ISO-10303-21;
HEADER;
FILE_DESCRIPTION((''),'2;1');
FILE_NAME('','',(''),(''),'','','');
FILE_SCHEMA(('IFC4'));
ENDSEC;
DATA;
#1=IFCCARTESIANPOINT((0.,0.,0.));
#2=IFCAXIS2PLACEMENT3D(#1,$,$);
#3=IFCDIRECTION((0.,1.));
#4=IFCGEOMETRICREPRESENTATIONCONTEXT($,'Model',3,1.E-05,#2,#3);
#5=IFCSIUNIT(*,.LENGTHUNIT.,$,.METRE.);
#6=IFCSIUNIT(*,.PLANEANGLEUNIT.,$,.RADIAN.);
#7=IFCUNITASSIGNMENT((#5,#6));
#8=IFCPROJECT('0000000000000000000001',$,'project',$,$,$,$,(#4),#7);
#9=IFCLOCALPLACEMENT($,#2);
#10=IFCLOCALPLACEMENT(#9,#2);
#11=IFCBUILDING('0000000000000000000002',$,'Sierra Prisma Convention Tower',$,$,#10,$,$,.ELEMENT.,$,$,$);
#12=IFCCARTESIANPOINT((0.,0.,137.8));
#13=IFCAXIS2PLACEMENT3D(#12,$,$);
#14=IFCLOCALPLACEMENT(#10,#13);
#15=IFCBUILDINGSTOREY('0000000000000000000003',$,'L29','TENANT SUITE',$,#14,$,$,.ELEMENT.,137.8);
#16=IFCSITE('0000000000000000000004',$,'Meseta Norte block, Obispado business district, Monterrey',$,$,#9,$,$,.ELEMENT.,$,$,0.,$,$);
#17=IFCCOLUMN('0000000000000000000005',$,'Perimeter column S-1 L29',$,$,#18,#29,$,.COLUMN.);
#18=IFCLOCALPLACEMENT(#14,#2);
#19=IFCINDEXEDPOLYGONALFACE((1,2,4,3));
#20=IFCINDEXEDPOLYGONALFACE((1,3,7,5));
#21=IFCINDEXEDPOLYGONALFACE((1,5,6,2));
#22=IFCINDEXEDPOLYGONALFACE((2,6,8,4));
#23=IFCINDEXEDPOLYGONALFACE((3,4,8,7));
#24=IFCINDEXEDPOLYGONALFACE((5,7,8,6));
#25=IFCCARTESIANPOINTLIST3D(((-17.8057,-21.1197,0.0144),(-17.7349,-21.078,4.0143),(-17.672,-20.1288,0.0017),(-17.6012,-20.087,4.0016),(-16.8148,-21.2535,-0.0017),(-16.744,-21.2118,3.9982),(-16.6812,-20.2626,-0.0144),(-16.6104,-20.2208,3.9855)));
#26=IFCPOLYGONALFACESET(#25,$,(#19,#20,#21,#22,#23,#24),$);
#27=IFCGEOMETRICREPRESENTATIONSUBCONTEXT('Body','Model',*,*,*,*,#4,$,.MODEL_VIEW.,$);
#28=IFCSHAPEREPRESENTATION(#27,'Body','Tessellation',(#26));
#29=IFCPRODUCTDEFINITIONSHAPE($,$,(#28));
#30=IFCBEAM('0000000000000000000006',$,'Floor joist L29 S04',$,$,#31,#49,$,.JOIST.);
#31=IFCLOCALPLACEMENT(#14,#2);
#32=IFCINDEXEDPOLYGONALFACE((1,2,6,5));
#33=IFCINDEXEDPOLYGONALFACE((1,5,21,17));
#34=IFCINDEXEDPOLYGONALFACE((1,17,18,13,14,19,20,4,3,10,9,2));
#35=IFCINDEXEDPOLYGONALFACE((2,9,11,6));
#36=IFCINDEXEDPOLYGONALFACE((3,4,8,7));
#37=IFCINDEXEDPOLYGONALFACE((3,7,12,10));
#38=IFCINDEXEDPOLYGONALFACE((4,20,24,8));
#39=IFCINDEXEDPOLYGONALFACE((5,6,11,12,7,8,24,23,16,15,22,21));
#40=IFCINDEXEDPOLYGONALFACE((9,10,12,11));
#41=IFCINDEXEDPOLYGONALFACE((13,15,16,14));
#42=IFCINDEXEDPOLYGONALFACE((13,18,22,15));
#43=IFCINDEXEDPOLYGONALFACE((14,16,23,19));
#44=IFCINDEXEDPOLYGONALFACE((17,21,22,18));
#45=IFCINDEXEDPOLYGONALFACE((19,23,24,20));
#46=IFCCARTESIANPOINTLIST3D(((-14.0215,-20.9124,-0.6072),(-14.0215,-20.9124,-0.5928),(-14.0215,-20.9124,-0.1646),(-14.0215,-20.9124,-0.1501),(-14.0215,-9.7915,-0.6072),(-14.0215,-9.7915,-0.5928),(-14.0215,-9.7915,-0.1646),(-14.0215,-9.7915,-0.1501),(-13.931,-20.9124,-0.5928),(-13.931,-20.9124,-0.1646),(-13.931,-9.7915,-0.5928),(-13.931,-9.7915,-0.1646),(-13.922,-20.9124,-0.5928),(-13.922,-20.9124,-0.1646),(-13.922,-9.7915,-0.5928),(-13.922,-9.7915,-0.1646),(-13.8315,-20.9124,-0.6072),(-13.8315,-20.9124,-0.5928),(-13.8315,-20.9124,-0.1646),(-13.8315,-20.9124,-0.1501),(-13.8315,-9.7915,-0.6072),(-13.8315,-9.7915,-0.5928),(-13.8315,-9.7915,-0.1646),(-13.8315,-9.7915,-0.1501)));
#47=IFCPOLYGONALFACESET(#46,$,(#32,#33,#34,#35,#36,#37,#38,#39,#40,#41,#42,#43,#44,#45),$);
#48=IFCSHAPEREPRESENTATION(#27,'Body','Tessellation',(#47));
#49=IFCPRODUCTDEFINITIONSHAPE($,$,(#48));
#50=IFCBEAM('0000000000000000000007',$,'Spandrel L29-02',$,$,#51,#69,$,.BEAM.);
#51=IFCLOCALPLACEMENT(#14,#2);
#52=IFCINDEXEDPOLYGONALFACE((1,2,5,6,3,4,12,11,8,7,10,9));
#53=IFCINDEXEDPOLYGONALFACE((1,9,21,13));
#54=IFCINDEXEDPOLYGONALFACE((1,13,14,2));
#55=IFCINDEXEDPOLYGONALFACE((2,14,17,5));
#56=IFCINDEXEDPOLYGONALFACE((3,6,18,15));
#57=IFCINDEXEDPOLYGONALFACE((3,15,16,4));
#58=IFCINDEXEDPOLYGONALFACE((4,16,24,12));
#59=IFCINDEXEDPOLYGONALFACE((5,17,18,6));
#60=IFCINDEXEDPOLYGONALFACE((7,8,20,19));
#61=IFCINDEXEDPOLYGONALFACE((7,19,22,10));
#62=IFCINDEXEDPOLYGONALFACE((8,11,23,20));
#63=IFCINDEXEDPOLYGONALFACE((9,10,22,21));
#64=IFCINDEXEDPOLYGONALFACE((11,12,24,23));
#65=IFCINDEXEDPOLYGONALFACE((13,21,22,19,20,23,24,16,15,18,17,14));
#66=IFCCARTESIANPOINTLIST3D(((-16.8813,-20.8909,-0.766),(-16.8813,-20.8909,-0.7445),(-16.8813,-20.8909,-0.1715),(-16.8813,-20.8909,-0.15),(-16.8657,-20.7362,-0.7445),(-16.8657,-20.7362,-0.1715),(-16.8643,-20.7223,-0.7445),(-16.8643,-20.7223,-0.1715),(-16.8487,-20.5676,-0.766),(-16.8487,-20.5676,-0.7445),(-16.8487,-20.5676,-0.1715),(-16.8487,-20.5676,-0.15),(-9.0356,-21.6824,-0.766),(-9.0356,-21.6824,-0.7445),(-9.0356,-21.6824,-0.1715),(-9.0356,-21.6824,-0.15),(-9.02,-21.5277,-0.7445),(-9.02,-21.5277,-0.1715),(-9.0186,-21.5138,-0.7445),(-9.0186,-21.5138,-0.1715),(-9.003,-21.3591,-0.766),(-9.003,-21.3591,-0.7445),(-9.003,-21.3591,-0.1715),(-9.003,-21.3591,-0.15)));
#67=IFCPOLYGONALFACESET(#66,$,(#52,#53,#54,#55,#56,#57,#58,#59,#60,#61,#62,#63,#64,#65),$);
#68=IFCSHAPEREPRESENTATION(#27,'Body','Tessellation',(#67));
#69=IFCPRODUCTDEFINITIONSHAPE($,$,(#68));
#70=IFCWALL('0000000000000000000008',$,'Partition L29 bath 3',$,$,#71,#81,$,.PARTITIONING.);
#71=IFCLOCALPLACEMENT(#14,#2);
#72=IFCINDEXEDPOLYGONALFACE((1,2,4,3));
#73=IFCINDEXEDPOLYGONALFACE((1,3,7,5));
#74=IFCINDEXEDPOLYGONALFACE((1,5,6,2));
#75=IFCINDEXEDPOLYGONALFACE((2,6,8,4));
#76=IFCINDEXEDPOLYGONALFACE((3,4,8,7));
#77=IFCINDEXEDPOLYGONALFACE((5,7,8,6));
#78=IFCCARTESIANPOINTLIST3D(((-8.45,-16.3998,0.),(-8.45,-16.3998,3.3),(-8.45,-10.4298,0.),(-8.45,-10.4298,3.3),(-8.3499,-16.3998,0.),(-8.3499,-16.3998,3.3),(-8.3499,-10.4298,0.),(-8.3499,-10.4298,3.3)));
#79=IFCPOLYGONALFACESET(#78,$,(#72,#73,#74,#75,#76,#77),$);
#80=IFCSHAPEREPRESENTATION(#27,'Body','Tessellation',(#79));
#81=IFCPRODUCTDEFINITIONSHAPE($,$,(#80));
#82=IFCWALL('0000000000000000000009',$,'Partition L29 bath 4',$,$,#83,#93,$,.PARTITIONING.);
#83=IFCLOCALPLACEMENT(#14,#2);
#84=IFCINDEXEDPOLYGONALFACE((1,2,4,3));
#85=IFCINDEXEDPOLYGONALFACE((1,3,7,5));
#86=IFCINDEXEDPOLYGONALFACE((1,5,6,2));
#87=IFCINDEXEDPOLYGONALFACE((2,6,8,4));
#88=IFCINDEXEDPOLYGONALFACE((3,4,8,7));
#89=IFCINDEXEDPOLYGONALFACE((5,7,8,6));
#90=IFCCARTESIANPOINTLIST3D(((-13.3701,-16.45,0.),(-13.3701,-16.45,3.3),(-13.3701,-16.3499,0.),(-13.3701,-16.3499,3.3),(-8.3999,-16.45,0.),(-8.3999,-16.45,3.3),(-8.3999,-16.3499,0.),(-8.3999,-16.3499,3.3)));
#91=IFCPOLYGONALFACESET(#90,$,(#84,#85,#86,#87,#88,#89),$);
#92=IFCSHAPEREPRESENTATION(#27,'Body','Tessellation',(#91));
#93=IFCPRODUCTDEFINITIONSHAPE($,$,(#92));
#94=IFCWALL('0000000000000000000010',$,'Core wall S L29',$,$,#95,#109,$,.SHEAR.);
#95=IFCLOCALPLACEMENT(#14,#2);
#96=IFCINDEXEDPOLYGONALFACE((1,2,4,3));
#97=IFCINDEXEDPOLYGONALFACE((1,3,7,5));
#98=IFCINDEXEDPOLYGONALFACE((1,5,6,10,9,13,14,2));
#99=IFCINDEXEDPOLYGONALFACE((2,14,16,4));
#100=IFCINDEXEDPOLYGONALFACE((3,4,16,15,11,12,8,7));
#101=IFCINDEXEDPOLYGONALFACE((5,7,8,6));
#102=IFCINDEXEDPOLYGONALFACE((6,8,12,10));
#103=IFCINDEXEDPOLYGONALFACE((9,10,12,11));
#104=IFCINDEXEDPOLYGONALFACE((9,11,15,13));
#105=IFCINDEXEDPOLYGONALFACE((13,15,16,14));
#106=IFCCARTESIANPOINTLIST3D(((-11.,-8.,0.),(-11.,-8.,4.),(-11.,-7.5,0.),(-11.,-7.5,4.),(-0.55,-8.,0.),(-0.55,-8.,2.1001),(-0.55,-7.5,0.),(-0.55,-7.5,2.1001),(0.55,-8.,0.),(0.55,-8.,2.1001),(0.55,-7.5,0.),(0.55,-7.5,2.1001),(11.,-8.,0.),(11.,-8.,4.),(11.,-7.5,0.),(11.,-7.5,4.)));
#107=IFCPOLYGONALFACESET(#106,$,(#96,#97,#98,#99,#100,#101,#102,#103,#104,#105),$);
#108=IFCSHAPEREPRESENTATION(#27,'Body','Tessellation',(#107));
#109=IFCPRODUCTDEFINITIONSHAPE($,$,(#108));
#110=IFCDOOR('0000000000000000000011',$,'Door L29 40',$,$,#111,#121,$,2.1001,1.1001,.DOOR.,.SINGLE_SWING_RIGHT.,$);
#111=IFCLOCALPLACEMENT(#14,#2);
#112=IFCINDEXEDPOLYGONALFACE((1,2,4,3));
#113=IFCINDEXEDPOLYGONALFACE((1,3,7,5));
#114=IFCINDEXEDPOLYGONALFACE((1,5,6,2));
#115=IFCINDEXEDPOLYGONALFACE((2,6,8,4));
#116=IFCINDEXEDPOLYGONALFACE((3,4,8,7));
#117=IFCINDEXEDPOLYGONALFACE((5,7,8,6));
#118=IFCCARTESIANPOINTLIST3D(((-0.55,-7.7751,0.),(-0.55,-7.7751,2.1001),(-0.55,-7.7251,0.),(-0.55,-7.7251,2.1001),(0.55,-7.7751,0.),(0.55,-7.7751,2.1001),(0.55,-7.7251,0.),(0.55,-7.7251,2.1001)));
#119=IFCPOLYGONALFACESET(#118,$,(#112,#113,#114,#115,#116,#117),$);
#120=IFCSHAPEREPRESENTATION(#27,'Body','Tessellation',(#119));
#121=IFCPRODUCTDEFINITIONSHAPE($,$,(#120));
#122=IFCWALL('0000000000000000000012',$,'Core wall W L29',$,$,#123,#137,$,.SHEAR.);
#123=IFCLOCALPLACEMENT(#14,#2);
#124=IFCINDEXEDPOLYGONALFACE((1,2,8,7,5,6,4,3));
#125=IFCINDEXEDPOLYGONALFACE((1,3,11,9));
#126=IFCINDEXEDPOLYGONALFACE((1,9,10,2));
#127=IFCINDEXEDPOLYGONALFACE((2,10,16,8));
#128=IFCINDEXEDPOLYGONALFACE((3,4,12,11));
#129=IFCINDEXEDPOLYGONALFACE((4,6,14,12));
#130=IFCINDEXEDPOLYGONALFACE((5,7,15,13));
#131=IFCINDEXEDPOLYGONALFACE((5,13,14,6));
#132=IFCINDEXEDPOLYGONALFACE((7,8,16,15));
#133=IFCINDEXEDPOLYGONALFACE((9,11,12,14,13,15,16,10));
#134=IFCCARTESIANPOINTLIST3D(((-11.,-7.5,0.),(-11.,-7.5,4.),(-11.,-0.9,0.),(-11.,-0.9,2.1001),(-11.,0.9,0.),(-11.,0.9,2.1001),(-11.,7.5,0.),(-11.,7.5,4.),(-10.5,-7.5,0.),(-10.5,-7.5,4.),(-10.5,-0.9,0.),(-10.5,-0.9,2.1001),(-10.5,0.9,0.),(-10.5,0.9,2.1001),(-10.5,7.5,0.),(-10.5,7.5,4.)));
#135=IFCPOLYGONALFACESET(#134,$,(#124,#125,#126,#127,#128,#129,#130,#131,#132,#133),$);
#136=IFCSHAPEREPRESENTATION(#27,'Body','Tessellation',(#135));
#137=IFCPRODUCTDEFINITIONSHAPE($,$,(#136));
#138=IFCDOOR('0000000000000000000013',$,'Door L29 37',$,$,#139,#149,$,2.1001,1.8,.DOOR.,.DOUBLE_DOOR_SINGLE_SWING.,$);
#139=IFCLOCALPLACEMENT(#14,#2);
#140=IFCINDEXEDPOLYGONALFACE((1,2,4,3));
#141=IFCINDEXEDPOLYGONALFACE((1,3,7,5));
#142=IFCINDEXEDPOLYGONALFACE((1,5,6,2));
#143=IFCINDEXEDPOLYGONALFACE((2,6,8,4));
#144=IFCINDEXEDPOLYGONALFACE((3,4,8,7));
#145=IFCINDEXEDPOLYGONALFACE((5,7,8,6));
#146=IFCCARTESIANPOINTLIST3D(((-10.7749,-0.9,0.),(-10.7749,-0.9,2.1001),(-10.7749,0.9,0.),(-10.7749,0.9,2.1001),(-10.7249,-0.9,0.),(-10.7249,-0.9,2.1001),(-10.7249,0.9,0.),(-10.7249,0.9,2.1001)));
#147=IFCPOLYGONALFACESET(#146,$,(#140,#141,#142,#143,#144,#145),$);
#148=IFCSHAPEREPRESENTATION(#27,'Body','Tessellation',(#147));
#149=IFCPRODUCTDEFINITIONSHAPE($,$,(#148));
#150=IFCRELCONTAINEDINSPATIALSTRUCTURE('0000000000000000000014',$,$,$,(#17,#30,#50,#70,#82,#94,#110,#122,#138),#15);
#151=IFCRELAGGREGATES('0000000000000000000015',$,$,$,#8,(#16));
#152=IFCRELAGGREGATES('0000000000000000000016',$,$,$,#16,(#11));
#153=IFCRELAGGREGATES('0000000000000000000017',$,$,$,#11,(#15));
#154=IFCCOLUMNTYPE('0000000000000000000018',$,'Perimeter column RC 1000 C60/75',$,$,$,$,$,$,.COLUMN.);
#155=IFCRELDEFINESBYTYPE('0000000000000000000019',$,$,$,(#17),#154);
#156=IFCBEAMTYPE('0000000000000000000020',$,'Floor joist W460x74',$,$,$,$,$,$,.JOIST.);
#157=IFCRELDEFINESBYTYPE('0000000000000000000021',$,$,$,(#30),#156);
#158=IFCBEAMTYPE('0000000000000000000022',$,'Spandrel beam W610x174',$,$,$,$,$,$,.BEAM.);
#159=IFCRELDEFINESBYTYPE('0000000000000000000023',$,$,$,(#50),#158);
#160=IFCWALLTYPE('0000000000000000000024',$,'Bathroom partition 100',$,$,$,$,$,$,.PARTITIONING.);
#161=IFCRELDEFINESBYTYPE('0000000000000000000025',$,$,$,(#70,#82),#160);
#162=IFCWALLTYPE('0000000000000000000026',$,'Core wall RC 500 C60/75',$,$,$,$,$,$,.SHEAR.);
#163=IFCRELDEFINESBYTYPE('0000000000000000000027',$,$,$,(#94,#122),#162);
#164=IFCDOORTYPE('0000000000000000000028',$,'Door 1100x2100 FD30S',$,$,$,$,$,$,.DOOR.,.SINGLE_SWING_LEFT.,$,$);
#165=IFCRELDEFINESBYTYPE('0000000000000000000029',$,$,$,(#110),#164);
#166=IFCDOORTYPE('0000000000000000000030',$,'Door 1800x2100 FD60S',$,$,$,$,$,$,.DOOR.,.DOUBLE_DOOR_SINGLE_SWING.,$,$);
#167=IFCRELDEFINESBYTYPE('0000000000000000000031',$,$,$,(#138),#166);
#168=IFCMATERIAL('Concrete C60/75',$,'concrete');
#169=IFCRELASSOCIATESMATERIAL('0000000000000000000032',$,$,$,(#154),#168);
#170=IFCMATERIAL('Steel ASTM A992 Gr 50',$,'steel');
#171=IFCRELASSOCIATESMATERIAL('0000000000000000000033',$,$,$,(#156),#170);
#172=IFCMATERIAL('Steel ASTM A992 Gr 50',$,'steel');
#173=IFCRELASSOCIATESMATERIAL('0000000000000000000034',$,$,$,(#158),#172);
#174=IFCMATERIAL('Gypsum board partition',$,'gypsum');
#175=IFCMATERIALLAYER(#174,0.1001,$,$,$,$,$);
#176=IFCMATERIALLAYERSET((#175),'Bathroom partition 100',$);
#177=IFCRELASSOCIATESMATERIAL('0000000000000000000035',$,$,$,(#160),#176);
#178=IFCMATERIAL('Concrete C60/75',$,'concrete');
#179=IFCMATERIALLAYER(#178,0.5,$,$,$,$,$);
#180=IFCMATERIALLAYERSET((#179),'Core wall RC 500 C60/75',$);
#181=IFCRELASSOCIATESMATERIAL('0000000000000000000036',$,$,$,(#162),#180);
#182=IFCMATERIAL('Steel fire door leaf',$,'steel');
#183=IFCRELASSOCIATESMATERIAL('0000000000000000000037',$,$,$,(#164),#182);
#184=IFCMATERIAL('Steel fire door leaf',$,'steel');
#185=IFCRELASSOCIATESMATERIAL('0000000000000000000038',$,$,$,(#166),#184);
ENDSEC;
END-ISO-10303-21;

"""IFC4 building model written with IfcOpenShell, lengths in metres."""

from ifc_helpers import new_model, si_unit, direction, frame, frame_2d, origin, origin_2d, place, context, subcontext, project, spatial, rectangle, i_section, extrude, material, layer, layer_set, material_profile, profile_set, type_object, element, fill, save


model = new_model("IFC4")

# Units and contexts
model_context = context("Model", 3, precision=1e-05, world=origin(), true_north=direction((0.0, 1.0)))
body_context = subcontext(model_context, "Body", "Model", "MODEL_VIEW")
ifc_project = project(units=[si_unit("LENGTHUNIT", "METRE"), si_unit("PLANEANGLEUNIT", "RADIAN")], contexts=[model_context])

# Site, building, storey
site_placement = place(None, origin())
site = spatial("IfcSite", under=ifc_project, at=site_placement, Name="Meseta Norte block, Obispado business district, Monterrey", CompositionType="ELEMENT", RefElevation=0.0)
building_placement = place(site_placement, origin())
building = spatial("IfcBuilding", under=site, at=building_placement, Name="Sierra Prisma Convention Tower", CompositionType="ELEMENT")
storey_placement = place(building_placement, frame((0.0, 0.0, 137.8)))
storey = spatial("IfcBuildingStorey", under=building, at=storey_placement, Name="L29", Description="TENANT SUITE", CompositionType="ELEMENT", Elevation=137.8)

# Column
ifc_material_1 = material(Name="Concrete C60/75", Category="concrete")
ifc_material_profile_1 = material_profile(ifc_material_1, rectangle(XDim=1.0, YDim=1.0, at=origin_2d()), Name="Perimeter column RC 1000 C60/75")
ifc_profile_set_1 = profile_set([ifc_material_profile_1], Name="Concrete C60/75")
column_type = type_object("IfcColumnType", Name="Perimeter column RC 1000 C60/75", PredefinedType="COLUMN", material=ifc_profile_set_1)
column_placement = place(storey_placement, frame((-17.2434, -20.6912, 0.0), z_axis=(0.017696, 0.010435, 0.999789), x_axis=(-0.990875, 0.133813, 0.016142)))
element("IfcColumn", 1, at=column_placement, inside=storey, type_object=column_type, Name="Perimeter column S-1 L29", PredefinedType="COLUMN", context=body_context, shape_type="SweptSolid", body=[
    extrude(rectangle(XDim=1.0, YDim=1.0, at=origin_2d()), origin(), (0.0, 0.0, 1.0), 4.0007),
])

# Beams
ifc_material_2 = material(Name="Steel ASTM A992 Gr 50", Category="steel")
ifc_material_profile_2 = material_profile(ifc_material_2, i_section(OverallWidth=0.1899, OverallDepth=0.457, WebThickness=0.009, FlangeThickness=0.0144, at=origin_2d()), Name="W460x74")
ifc_profile_set_2 = profile_set([ifc_material_profile_2], Name="Steel ASTM A992 Gr 50")
beam_type_1 = type_object("IfcBeamType", Name="Floor joist W460x74", PredefinedType="JOIST", material=ifc_profile_set_2)
beam_1_placement = place(storey_placement, frame((-13.9265, -20.9124, -0.3787), z_axis=(0.0, 1.0, 0.0), x_axis=(-1.0, 0.0, 0.0)))
element("IfcBeam", 2, at=beam_1_placement, inside=storey, type_object=beam_type_1, Name="Floor joist L29 S04", PredefinedType="JOIST", context=body_context, shape_type="SweptSolid", body=[
    extrude(i_section(OverallWidth=0.1899, OverallDepth=0.457, WebThickness=0.009, FlangeThickness=0.0144, at=origin_2d()), origin(), (0.0, 0.0, 1.0), 11.1208),
])
ifc_material_3 = material(Name="Steel ASTM A992 Gr 50", Category="steel")
ifc_material_profile_3 = material_profile(ifc_material_3, i_section(OverallWidth=0.325, OverallDepth=0.616, WebThickness=0.0139, FlangeThickness=0.0215, at=origin_2d()), Name="W610x174")
ifc_profile_set_3 = profile_set([ifc_material_profile_3], Name="Steel ASTM A992 Gr 50")
beam_type_2 = type_object("IfcBeamType", Name="Spandrel beam W610x174", PredefinedType="BEAM", material=ifc_profile_set_3)
beam_2_placement = place(storey_placement, frame((-16.865, -20.7292, -0.458), z_axis=(0.99495, -0.100374, 0.0), x_axis=(0.100374, 0.99495, 0.0)))
element("IfcBeam", 3, at=beam_2_placement, inside=storey, type_object=beam_type_2, Name="Spandrel L29-02", PredefinedType="BEAM", context=body_context, shape_type="SweptSolid", body=[
    extrude(i_section(OverallWidth=0.325, OverallDepth=0.616, WebThickness=0.0139, FlangeThickness=0.0215, at=origin_2d()), origin(), (0.0, 0.0, 1.0), 7.8855),
])

# Walls
ifc_material_4 = material(Name="Gypsum board partition", Category="gypsum")
ifc_layer_1 = layer(ifc_material_4, 0.1001)
ifc_layer_set_1 = layer_set([ifc_layer_1], Name="Bathroom partition 100")
wall_type_1 = type_object("IfcWallType", Name="Bathroom partition 100", PredefinedType="PARTITIONING", material=ifc_layer_set_1)
wall_1_placement = place(storey_placement, frame((-8.3999, -10.4299, 0.0), z_axis=(0.0, 0.0, 1.0), x_axis=(0.0, -1.0, 0.0)))
element("IfcWall", 4, at=wall_1_placement, inside=storey, type_object=wall_type_1, Name="Partition L29 bath 3", PredefinedType="PARTITIONING", context=body_context, shape_type="SweptSolid", body=[
    extrude(rectangle(XDim=5.97, YDim=0.1001, at=frame_2d((2.9849, 0.0))), origin(), (0.0, 0.0, 1.0), 3.3),
])
wall_2_placement = place(storey_placement, frame((-8.3999, -16.3999, 0.0), z_axis=(0.0, 0.0, 1.0), x_axis=(-1.0, 0.0, 0.0)))
element("IfcWall", 5, at=wall_2_placement, inside=storey, type_object=wall_type_1, Name="Partition L29 bath 4", PredefinedType="PARTITIONING", context=body_context, shape_type="SweptSolid", body=[
    extrude(rectangle(XDim=4.9702, YDim=0.1001, at=frame_2d((2.4851, 0.0))), origin(), (0.0, 0.0, 1.0), 3.3),
])

# Walls, openings, doors
ifc_material_5 = material(Name="Concrete C60/75", Category="concrete")
ifc_layer_2 = layer(ifc_material_5, 0.5)
ifc_layer_set_2 = layer_set([ifc_layer_2], Name="Core wall RC 500 C60/75")
wall_type_2 = type_object("IfcWallType", Name="Core wall RC 500 C60/75", PredefinedType="SHEAR", material=ifc_layer_set_2)
wall_3_placement = place(storey_placement, frame((-11.0, -7.75, 0.0), z_axis=(0.0, 0.0, 1.0), x_axis=(1.0, 0.0, 0.0)))
wall_3 = element("IfcWall", 6, at=wall_3_placement, inside=storey, type_object=wall_type_2, Name="Core wall S L29", PredefinedType="SHEAR", context=body_context, shape_type="SweptSolid", body=[
    extrude(rectangle(XDim=22.0, YDim=0.5, at=frame_2d((11.0, 0.0))), origin(), (0.0, 0.0, 1.0), 4.0),
])
opening_1_placement = place(wall_3_placement, frame((10.45, 0.0, 0.0)))
opening_1 = element("IfcOpeningElement", 7, at=opening_1_placement, cuts=wall_3, PredefinedType="OPENING", context=body_context, shape_type="SweptSolid", body=[
    extrude(rectangle(XDim=1.1001, YDim=2.1001, at=frame_2d((0.55, 1.05))), frame((0.0, 0.25, 0.0), z_axis=(0.0, -1.0, 0.0), x_axis=(1.0, 0.0, 0.0)), (0.0, 0.0, 1.0), 0.5),
])
ifc_material_6 = material(Name="Steel fire door leaf", Category="steel")
door_type_1 = type_object("IfcDoorType", Name="Door 1100x2100 FD30S", OperationType="SINGLE_SWING_LEFT", PredefinedType="DOOR", material=ifc_material_6)
door_1_placement = place(opening_1_placement, origin())
door_1 = element("IfcDoor", 8, at=door_1_placement, inside=storey, type_object=door_type_1, Name="Door L29 40", OperationType="SINGLE_SWING_RIGHT", OverallHeight=2.1001, OverallWidth=1.1001, PredefinedType="DOOR", context=body_context, shape_type="SweptSolid", body=[
    extrude(rectangle(XDim=1.1001, YDim=2.1001, at=frame_2d((0.55, 1.05))), frame((0.0, 0.0249, 0.0), z_axis=(0.0, -1.0, 0.0), x_axis=(1.0, 0.0, 0.0)), (0.0, 0.0, 1.0), 0.05),
])
fill(opening_1, door_1)
wall_4_placement = place(storey_placement, frame((-10.75, -7.5, 0.0), z_axis=(0.0, 0.0, 1.0), x_axis=(0.0, 1.0, 0.0)))
wall_4 = element("IfcWall", 9, at=wall_4_placement, inside=storey, type_object=wall_type_2, Name="Core wall W L29", PredefinedType="SHEAR", context=body_context, shape_type="SweptSolid", body=[
    extrude(rectangle(XDim=15.0, YDim=0.5, at=frame_2d((7.5, 0.0))), origin(), (0.0, 0.0, 1.0), 4.0),
])
opening_2_placement = place(wall_4_placement, frame((6.6001, 0.0, 0.0)))
opening_2 = element("IfcOpeningElement", 10, at=opening_2_placement, cuts=wall_4, PredefinedType="OPENING", context=body_context, shape_type="SweptSolid", body=[
    extrude(rectangle(XDim=1.8, YDim=2.1001, at=frame_2d((0.8999, 1.05))), frame((0.0, 0.25, 0.0), z_axis=(0.0, -1.0, 0.0), x_axis=(1.0, 0.0, 0.0)), (0.0, 0.0, 1.0), 0.5),
])
ifc_material_7 = material(Name="Steel fire door leaf", Category="steel")
door_type_2 = type_object("IfcDoorType", Name="Door 1800x2100 FD60S", OperationType="DOUBLE_DOOR_SINGLE_SWING", PredefinedType="DOOR", material=ifc_material_7)
door_2_placement = place(opening_2_placement, origin())
door_2 = element("IfcDoor", 11, at=door_2_placement, inside=storey, type_object=door_type_2, Name="Door L29 37", OperationType="DOUBLE_DOOR_SINGLE_SWING", OverallHeight=2.1001, OverallWidth=1.8, PredefinedType="DOOR", context=body_context, shape_type="SweptSolid", body=[
    extrude(rectangle(XDim=1.8, YDim=2.1001, at=frame_2d((0.8999, 1.05))), frame((0.0, 0.0249, 0.0), z_axis=(0.0, -1.0, 0.0), x_axis=(1.0, 0.0, 0.0)), (0.0, 0.0, 1.0), 0.05),
])
fill(opening_2, door_2)

save(model, "model.ifc")
